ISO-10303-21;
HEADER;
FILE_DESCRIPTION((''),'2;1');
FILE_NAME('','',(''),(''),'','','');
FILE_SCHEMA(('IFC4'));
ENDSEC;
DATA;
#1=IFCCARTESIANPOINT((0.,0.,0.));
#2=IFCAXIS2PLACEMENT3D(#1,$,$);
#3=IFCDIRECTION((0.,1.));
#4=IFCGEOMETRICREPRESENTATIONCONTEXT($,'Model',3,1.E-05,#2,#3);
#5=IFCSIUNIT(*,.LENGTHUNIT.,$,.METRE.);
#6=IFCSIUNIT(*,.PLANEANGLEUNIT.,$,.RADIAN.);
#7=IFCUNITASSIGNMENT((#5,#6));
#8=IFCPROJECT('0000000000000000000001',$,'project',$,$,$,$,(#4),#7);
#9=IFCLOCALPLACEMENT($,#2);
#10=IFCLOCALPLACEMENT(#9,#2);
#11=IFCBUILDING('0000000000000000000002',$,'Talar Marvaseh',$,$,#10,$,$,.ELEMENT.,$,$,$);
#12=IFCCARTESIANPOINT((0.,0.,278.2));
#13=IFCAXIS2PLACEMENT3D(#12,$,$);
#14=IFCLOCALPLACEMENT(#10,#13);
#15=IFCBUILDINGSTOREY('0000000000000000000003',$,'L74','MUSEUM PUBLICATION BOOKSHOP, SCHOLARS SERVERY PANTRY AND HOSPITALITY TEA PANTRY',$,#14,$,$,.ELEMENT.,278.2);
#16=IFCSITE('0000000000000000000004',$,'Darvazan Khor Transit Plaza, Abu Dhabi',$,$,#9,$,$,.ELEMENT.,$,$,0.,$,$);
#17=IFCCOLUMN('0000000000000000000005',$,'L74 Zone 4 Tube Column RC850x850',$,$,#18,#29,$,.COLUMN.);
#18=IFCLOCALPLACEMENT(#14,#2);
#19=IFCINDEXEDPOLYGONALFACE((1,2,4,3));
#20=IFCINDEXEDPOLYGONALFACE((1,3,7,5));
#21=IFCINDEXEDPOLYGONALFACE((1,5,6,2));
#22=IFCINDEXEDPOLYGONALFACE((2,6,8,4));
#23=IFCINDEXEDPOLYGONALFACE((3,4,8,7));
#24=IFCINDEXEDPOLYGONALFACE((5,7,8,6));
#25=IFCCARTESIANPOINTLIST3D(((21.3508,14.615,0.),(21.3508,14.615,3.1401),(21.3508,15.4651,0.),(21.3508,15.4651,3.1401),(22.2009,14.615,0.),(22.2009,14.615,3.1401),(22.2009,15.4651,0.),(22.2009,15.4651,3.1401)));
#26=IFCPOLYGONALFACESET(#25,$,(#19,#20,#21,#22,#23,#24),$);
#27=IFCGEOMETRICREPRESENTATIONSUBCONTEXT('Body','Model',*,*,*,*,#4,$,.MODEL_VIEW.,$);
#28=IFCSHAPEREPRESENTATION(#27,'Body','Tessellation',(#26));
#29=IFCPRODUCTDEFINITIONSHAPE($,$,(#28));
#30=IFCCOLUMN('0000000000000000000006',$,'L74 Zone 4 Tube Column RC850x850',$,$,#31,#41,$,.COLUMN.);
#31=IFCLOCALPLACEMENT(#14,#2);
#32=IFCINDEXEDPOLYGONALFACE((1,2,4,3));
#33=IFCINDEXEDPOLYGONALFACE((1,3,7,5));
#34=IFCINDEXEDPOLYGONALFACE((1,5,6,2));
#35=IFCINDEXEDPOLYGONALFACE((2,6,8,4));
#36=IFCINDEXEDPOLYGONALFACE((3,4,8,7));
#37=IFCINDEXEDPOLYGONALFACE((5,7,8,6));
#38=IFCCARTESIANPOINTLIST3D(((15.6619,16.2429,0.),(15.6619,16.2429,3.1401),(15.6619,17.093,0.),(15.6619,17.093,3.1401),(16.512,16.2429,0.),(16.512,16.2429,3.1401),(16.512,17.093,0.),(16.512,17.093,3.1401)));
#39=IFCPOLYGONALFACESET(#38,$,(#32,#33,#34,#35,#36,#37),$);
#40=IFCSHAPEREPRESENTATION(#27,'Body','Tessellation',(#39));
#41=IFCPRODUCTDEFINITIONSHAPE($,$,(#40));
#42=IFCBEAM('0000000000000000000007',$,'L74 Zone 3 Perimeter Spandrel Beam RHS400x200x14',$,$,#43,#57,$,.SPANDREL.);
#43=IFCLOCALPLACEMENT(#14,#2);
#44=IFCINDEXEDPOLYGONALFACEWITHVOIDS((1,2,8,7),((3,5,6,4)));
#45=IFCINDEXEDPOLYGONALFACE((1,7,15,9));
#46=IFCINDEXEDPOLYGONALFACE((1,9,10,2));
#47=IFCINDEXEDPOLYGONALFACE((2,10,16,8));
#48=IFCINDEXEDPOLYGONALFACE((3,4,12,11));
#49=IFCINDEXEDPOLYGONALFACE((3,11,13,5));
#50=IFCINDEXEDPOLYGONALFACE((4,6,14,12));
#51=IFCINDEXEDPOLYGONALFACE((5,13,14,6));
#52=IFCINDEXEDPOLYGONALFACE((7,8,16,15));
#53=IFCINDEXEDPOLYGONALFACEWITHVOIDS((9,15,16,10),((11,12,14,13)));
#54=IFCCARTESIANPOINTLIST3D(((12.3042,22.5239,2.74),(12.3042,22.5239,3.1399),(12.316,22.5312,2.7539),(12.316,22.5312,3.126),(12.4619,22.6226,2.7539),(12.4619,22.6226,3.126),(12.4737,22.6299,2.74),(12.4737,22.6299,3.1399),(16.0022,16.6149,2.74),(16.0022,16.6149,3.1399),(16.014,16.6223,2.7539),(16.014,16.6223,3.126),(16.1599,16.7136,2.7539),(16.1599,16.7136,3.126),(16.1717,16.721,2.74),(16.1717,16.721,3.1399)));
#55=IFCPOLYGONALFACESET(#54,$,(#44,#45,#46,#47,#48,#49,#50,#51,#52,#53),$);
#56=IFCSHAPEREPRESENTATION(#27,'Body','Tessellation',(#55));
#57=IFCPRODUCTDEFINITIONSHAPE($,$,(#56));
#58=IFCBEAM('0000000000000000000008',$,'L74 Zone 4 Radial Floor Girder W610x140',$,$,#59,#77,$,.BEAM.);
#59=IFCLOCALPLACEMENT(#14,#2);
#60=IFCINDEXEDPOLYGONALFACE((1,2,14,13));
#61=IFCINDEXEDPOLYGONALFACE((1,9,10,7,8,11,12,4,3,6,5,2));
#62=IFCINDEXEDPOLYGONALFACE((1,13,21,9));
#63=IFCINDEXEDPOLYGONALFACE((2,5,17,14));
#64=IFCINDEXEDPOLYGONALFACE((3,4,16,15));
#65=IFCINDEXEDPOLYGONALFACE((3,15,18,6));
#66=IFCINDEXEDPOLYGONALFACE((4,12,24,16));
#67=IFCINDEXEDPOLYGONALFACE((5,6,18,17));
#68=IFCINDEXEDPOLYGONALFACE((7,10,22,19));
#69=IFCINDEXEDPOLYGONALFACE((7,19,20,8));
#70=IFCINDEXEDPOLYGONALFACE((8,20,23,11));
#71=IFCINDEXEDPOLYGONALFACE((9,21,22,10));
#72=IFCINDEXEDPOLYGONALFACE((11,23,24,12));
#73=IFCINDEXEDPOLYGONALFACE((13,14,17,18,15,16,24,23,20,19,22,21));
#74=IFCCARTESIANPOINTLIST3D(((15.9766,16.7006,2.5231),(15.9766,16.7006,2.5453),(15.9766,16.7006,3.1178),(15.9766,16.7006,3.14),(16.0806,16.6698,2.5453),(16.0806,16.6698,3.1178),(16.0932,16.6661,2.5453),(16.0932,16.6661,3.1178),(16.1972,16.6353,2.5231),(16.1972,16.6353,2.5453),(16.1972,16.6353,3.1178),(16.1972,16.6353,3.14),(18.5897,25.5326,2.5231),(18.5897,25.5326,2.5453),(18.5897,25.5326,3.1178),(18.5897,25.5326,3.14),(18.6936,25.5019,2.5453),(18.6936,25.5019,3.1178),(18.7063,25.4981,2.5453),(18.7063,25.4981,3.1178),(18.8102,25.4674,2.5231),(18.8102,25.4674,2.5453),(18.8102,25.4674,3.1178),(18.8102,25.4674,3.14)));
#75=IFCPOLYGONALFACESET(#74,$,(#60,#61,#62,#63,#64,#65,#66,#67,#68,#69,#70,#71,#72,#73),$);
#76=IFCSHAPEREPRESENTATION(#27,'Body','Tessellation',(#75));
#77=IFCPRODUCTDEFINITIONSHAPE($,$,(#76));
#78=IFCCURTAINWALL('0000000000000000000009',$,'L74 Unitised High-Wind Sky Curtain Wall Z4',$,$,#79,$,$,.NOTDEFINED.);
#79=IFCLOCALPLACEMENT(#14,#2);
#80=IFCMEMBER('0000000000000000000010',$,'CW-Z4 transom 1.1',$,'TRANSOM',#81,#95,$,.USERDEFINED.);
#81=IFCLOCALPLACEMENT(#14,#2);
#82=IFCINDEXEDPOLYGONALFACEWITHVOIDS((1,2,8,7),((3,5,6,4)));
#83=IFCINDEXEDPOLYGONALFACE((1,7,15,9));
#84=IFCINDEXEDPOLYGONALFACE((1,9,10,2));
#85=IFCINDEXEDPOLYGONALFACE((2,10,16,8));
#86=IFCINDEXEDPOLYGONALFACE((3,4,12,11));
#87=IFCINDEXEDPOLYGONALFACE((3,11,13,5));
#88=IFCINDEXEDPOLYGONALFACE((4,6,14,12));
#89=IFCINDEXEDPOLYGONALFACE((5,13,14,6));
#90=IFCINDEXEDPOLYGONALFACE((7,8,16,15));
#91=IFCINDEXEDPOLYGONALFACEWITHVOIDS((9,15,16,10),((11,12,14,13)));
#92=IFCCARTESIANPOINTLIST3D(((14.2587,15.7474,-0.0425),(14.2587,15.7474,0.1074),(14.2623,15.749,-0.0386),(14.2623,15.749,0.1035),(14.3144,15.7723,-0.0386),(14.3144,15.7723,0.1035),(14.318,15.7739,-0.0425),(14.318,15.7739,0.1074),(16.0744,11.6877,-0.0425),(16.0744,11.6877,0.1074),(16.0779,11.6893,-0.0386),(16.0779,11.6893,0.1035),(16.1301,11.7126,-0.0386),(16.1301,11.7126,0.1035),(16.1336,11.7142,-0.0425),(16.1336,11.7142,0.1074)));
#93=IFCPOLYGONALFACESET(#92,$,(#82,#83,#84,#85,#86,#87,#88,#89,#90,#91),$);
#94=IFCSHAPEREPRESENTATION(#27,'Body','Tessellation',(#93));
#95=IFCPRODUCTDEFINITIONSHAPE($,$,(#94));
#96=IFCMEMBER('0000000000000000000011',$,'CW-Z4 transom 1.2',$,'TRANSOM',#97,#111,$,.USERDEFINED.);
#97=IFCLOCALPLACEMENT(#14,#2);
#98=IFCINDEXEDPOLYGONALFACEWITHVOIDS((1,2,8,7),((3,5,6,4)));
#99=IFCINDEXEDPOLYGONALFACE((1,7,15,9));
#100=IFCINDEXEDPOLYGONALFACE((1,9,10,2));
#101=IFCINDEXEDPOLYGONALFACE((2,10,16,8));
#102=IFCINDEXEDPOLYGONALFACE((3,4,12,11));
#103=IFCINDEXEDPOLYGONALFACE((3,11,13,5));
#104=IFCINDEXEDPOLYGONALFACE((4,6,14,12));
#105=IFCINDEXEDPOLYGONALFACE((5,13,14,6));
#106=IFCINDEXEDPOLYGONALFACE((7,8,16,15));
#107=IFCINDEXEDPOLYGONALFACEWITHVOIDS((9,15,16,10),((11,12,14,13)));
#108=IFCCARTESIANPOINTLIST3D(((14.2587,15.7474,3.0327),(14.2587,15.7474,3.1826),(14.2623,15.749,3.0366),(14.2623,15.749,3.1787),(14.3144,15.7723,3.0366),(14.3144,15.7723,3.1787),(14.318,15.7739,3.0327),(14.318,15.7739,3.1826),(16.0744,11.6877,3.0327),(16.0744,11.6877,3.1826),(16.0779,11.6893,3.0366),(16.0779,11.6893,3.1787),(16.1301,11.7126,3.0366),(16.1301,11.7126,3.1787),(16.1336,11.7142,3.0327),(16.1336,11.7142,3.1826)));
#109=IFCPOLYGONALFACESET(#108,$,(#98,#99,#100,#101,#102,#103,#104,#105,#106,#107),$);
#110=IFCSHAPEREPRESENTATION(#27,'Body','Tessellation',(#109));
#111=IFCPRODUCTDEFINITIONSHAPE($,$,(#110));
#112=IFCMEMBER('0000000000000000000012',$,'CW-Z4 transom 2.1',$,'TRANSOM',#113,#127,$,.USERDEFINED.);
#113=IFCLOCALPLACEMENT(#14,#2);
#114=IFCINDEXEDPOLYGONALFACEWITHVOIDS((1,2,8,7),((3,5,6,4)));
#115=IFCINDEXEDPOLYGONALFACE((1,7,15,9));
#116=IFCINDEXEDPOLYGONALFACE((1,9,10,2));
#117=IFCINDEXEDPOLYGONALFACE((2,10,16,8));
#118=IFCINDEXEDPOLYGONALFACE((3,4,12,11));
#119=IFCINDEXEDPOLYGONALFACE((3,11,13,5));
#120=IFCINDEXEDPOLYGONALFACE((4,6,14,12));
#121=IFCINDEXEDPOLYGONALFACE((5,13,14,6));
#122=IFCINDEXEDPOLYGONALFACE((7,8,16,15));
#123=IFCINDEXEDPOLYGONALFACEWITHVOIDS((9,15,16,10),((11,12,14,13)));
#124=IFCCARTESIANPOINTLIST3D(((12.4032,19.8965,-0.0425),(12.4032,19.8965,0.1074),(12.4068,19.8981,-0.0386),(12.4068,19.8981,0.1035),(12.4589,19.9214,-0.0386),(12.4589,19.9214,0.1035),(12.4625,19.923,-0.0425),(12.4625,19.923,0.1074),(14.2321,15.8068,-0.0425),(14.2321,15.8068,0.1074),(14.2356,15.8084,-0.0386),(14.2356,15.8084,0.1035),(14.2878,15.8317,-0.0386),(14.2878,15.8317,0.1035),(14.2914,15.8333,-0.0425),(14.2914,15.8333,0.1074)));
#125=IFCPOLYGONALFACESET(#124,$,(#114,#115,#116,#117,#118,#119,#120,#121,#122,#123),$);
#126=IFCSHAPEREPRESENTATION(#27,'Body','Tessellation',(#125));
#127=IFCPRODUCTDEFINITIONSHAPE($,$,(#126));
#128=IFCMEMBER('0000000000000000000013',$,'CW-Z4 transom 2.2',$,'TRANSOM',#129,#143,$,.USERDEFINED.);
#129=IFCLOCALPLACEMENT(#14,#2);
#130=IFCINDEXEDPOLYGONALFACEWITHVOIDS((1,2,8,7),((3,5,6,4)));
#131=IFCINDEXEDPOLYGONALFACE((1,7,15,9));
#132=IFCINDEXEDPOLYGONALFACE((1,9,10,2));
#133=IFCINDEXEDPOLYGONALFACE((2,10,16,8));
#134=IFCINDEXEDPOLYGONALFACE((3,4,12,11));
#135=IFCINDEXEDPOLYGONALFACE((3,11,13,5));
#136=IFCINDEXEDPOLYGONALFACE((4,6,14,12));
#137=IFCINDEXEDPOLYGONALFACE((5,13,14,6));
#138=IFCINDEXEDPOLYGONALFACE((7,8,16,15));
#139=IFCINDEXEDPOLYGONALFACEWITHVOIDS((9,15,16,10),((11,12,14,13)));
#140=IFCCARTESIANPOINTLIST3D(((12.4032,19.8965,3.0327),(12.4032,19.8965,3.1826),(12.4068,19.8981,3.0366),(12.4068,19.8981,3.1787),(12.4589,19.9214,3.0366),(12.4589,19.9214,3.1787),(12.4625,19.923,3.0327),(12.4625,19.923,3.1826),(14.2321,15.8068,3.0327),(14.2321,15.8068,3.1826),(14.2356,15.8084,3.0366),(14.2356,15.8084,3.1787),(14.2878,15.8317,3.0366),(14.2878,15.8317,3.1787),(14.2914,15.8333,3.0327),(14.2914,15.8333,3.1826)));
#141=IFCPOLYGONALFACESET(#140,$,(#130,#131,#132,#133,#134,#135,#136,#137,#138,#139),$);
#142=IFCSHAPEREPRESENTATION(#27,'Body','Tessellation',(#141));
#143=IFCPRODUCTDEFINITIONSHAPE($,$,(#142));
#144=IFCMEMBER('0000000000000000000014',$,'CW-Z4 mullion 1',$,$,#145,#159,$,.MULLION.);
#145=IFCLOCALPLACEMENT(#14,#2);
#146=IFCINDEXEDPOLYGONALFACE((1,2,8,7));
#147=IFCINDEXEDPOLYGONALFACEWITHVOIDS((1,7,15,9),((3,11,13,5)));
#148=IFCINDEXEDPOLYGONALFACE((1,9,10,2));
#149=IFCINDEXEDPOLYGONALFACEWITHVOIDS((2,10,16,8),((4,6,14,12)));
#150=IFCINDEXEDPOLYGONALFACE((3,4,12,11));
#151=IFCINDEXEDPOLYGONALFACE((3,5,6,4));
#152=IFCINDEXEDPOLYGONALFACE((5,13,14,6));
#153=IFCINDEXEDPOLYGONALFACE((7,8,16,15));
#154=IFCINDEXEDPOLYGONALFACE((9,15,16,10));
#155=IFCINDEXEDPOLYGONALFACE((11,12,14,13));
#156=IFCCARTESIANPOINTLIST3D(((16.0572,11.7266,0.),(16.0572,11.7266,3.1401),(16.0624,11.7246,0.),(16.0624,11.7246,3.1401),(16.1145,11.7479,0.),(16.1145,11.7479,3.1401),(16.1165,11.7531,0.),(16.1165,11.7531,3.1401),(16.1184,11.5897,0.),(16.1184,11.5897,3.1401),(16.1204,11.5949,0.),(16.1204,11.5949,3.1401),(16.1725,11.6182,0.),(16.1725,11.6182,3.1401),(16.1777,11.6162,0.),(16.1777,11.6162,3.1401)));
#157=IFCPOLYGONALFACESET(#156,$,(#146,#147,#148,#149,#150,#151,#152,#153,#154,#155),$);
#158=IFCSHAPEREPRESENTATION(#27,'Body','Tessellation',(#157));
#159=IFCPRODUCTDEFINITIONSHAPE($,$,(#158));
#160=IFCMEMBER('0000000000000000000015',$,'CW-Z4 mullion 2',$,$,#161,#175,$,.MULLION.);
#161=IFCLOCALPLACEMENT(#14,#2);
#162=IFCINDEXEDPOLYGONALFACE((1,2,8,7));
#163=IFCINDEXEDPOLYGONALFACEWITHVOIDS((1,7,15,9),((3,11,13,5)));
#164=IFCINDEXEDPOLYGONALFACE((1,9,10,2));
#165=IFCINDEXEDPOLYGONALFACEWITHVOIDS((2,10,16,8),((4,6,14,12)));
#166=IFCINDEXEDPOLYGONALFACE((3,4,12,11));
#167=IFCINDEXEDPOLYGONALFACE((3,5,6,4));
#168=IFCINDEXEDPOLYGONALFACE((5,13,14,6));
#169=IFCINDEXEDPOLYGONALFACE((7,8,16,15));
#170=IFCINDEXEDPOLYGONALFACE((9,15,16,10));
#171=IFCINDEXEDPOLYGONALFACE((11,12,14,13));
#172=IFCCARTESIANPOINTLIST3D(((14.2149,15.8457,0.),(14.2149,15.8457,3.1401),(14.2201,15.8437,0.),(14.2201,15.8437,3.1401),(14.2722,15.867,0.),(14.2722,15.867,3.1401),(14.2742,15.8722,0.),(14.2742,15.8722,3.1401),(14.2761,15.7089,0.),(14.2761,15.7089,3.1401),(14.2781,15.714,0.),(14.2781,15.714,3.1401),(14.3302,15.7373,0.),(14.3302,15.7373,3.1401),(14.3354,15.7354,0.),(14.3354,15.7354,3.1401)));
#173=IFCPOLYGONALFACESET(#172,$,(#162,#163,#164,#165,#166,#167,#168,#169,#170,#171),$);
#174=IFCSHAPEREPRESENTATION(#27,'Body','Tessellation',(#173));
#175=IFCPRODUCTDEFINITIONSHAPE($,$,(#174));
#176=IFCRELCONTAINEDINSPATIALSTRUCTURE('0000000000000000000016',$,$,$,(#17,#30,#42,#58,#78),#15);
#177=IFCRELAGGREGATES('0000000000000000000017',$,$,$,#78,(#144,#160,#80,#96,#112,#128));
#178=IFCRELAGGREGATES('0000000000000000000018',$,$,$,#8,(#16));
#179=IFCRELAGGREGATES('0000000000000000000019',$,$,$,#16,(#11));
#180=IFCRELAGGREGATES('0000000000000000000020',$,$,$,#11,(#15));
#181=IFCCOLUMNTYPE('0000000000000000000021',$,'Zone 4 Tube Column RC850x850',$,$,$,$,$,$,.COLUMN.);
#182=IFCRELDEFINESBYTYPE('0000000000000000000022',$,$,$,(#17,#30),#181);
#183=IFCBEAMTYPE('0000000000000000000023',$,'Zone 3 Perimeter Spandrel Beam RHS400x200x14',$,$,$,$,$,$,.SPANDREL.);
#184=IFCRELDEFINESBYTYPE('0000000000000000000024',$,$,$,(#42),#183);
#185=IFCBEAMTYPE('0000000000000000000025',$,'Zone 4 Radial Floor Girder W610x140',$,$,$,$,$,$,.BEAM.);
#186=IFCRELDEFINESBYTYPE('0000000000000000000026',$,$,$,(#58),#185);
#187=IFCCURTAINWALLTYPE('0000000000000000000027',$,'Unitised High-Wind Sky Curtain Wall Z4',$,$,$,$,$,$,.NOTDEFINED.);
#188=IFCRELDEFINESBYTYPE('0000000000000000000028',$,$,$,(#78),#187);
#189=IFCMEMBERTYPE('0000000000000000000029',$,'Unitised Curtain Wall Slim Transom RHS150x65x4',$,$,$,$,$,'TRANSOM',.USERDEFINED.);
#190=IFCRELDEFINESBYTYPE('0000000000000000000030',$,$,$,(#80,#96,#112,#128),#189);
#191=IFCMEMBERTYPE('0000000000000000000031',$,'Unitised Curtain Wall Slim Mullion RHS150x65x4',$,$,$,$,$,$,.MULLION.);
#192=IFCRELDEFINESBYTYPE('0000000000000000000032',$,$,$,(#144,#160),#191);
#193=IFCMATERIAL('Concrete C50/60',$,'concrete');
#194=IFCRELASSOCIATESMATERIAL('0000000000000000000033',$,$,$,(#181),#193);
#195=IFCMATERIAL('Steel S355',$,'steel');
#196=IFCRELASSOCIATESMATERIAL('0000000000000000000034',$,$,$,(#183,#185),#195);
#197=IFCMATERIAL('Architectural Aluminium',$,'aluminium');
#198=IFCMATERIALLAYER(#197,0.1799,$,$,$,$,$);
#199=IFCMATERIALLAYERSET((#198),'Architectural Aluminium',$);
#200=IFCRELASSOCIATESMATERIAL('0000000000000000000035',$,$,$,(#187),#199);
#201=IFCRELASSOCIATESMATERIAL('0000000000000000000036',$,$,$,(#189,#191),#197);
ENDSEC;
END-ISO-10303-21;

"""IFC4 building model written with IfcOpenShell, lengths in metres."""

from ifc_helpers import new_model, si_unit, direction, frame, origin, origin_2d, place, context, subcontext, project, spatial, rectangle, hollow_rectangle, i_section, extrude, source, transform, mapped, material, layer, layer_set, material_profile, profile_set, type_object, type_shapes, element, aggregate, save


model = new_model("IFC4")

# Units and contexts
model_context = context("Model", 3, precision=1e-05, world=origin(), true_north=direction((0.0, 1.0)))
body_context = subcontext(model_context, "Body", "Model", "MODEL_VIEW")
ifc_project = project(units=[si_unit("LENGTHUNIT", "METRE"), si_unit("PLANEANGLEUNIT", "RADIAN")], contexts=[model_context])

# Site, building, storey
site_placement = place(None, origin())
site = spatial("IfcSite", under=ifc_project, at=site_placement, Name="Darvazan Khor Transit Plaza, Abu Dhabi", CompositionType="ELEMENT", RefElevation=0.0)
building_placement = place(site_placement, origin())
building = spatial("IfcBuilding", under=site, at=building_placement, Name="Talar Marvaseh", CompositionType="ELEMENT")
storey_placement = place(building_placement, frame((0.0, 0.0, 278.2)))
storey = spatial("IfcBuildingStorey", under=building, at=storey_placement, Name="L74", Description="MUSEUM PUBLICATION BOOKSHOP, SCHOLARS SERVERY PANTRY AND HOSPITALITY TEA PANTRY", CompositionType="ELEMENT", Elevation=278.2)

# Columns
ifc_material_1 = material(Name="Concrete C50/60", Category="concrete")
ifc_material_profile_1 = material_profile(ifc_material_1, rectangle(XDim=0.8501, YDim=0.8501, at=origin_2d()), Name="RC850x850")
ifc_profile_set_1 = profile_set([ifc_material_profile_1], Name="Concrete C50/60")
column_type = type_object("IfcColumnType", Name="Zone 4 Tube Column RC850x850", PredefinedType="COLUMN", material=ifc_profile_set_1)
for number, where, z_axis, x_axis, name in (
    (1, (21.7759, 15.04, 0.0), (0.0, 0.0, 1.0), (1.0, 0.0, 0.0), "L74 Zone 4 Tube Column RC850x850"),
    (2, (16.0869, 16.668, 0.0), (0.0, 0.0, 1.0), (1.0, 0.0, 0.0), "L74 Zone 4 Tube Column RC850x850"),
):
    element("IfcColumn", number, at=place(storey_placement, frame(where, z_axis=z_axis, x_axis=x_axis)), inside=storey, type_object=column_type, Name=name, PredefinedType="COLUMN", context=body_context, shape_type="SweptSolid", body=[
        extrude(rectangle(XDim=0.8501, YDim=0.8501, at=origin_2d()), origin(), (0.0, 0.0, 1.0), 3.1401),
    ])

# Beams
ifc_material_2 = material(Name="Steel S355", Category="steel")
ifc_material_profile_2 = material_profile(ifc_material_2, hollow_rectangle(XDim=0.2, YDim=0.3999, WallThickness=0.0139, at=origin_2d()), Name="RHS400x200x14")
ifc_profile_set_2 = profile_set([ifc_material_profile_2], Name="Steel S355")
beam_type_1 = type_object("IfcBeamType", Name="Zone 3 Perimeter Spandrel Beam RHS400x200x14", PredefinedType="SPANDREL", material=ifc_profile_set_2)
beam_1_placement = place(storey_placement, frame((16.0869, 16.668, 2.9399), z_axis=(-0.530506, 0.847681, 0.0), x_axis=(-0.847681, -0.530506, 0.0)))
element("IfcBeam", 3, at=beam_1_placement, inside=storey, type_object=beam_type_1, Name="L74 Zone 3 Perimeter Spandrel Beam RHS400x200x14", PredefinedType="SPANDREL", context=body_context, shape_type="SweptSolid", body=[
    extrude(hollow_rectangle(XDim=0.2, YDim=0.3999, WallThickness=0.0139, at=origin_2d()), origin(), (0.0, 0.0, 1.0), 6.9707),
])
ifc_material_profile_3 = material_profile(ifc_material_2, i_section(OverallWidth=0.23, OverallDepth=0.6169, WebThickness=0.0132, FlangeThickness=0.0222, at=origin_2d()), Name="W610x140")
ifc_profile_set_3 = profile_set([ifc_material_profile_3], Name="Steel S355")
beam_type_2 = type_object("IfcBeamType", Name="Zone 4 Radial Floor Girder W610x140", PredefinedType="BEAM", material=ifc_profile_set_3)
beam_2_placement = place(storey_placement, frame((16.0869, 16.668, 2.8315), z_axis=(0.283703, 0.958912, 0.0), x_axis=(-0.958912, 0.283703, 0.0)))
element("IfcBeam", 4, at=beam_2_placement, inside=storey, type_object=beam_type_2, Name="L74 Zone 4 Radial Floor Girder W610x140", PredefinedType="BEAM", context=body_context, shape_type="SweptSolid", body=[
    extrude(i_section(OverallWidth=0.23, OverallDepth=0.6169, WebThickness=0.0132, FlangeThickness=0.0222, at=origin_2d()), origin(), (0.0, 0.0, 1.0), 9.2104),
])

# Curtain wall, members
ifc_material_3 = material(Name="Architectural Aluminium", Category="aluminium")
ifc_layer_1 = layer(ifc_material_3, 0.1799)
ifc_layer_set_1 = layer_set([ifc_layer_1], Name="Architectural Aluminium")
curtain_wall_type = type_object("IfcCurtainWallType", Name="Unitised High-Wind Sky Curtain Wall Z4", PredefinedType="NOTDEFINED", material=ifc_layer_set_1)
curtain_wall_1_placement = place(storey_placement, origin())
curtain_wall_1 = element("IfcCurtainWall", 5, at=curtain_wall_1_placement, inside=storey, type_object=curtain_wall_type, Name="L74 Unitised High-Wind Sky Curtain Wall Z4", PredefinedType="NOTDEFINED")
ifc_material_profile_4 = material_profile(ifc_material_3, hollow_rectangle(XDim=0.0649, YDim=0.1499, WallThickness=0.0039, at=origin_2d()), Name="RHS150x65x4")
ifc_profile_set_4 = profile_set([ifc_material_profile_4], Name="Architectural Aluminium")
member_type_1 = type_object("IfcMemberType", Name="Unitised Curtain Wall Slim Transom RHS150x65x4", ElementType="TRANSOM", PredefinedType="USERDEFINED", material=ifc_profile_set_4)
shared_shape_1 = source(origin(), body_context, "Body", "SweptSolid", [
    extrude(hollow_rectangle(XDim=0.0649, YDim=0.1499, WallThickness=0.0039, at=origin_2d()), origin(), (0.0, 0.0, 1.0), 4.4473),
])
member_1_placement = place(storey_placement, frame((16.104, 11.7009, 0.0325), z_axis=(-0.408261, 0.912865, 0.0), x_axis=(-0.912865, -0.408261, 0.0)))
member_1 = element("IfcMember", 6, at=member_1_placement, type_object=member_type_1, Name="CW-Z4 transom 1.1", ObjectType="TRANSOM", PredefinedType="USERDEFINED", context=body_context, shape_type="MappedRepresentation", body=[
    mapped(shared_shape_1, transform((0.0, 0.0, 0.0), x_axis=(1.0, 0.0, 0.0), y_axis=(0.0, 1.0, 0.0), z_axis=(0.0, 0.0, 1.0), scale=1.0)),
])
member_2_placement = place(storey_placement, frame((16.104, 11.7009, 3.1077), z_axis=(-0.408261, 0.912865, 0.0), x_axis=(-0.912865, -0.408261, 0.0)))
member_2 = element("IfcMember", 7, at=member_2_placement, type_object=member_type_1, Name="CW-Z4 transom 1.2", ObjectType="TRANSOM", PredefinedType="USERDEFINED", context=body_context, shape_type="MappedRepresentation", body=[
    mapped(shared_shape_1, transform((0.0, 0.0, 0.0), x_axis=(1.0, 0.0, 0.0), y_axis=(0.0, 1.0, 0.0), z_axis=(0.0, 0.0, 1.0), scale=1.0)),
])
shared_shape_2 = source(origin(), body_context, "Body", "SweptSolid", [
    extrude(hollow_rectangle(XDim=0.0649, YDim=0.1499, WallThickness=0.0039, at=origin_2d()), origin(), (0.0, 0.0, 1.0), 4.48),
])
type_shapes(member_type_1, [shared_shape_1, shared_shape_2])
member_3_placement = place(storey_placement, frame((14.2617, 15.8201, 0.0325), z_axis=(-0.408236, 0.912877, 0.0), x_axis=(-0.912877, -0.408236, 0.0)))
member_3 = element("IfcMember", 8, at=member_3_placement, type_object=member_type_1, Name="CW-Z4 transom 2.1", ObjectType="TRANSOM", PredefinedType="USERDEFINED", context=body_context, shape_type="MappedRepresentation", body=[
    mapped(shared_shape_2, transform((0.0, 0.0, 0.0), x_axis=(1.0, 0.0, 0.0), y_axis=(0.0, 1.0, 0.0), z_axis=(0.0, 0.0, 1.0), scale=1.0)),
])
member_4_placement = place(storey_placement, frame((14.2617, 15.8201, 3.1077), z_axis=(-0.408236, 0.912877, 0.0), x_axis=(-0.912877, -0.408236, 0.0)))
member_4 = element("IfcMember", 9, at=member_4_placement, type_object=member_type_1, Name="CW-Z4 transom 2.2", ObjectType="TRANSOM", PredefinedType="USERDEFINED", context=body_context, shape_type="MappedRepresentation", body=[
    mapped(shared_shape_2, transform((0.0, 0.0, 0.0), x_axis=(1.0, 0.0, 0.0), y_axis=(0.0, 1.0, 0.0), z_axis=(0.0, 0.0, 1.0), scale=1.0)),
])
ifc_material_profile_5 = material_profile(ifc_material_3, hollow_rectangle(XDim=0.0649, YDim=0.1499, WallThickness=0.0039, at=origin_2d()), Name="RHS150x65x4")
ifc_profile_set_5 = profile_set([ifc_material_profile_5], Name="Architectural Aluminium")
member_type_2 = type_object("IfcMemberType", Name="Unitised Curtain Wall Slim Mullion RHS150x65x4", PredefinedType="MULLION", material=ifc_profile_set_5)
shared_shape_3 = source(origin(), body_context, "Body", "SweptSolid", [
    extrude(hollow_rectangle(XDim=0.0649, YDim=0.1499, WallThickness=0.0039, at=origin_2d()), origin(), (0.0, 0.0, 1.0), 3.1401),
])
type_shapes(member_type_2, [shared_shape_3])
member_5_placement = place(storey_placement, frame((16.1174, 11.6714, 0.0), z_axis=(0.0, 0.0, 1.0), x_axis=(-0.912862, -0.408267, 0.0)))
member_5 = element("IfcMember", 10, at=member_5_placement, type_object=member_type_2, Name="CW-Z4 mullion 1", PredefinedType="MULLION", context=body_context, shape_type="MappedRepresentation", body=[
    mapped(shared_shape_3, transform((0.0, 0.0, 0.0), x_axis=(1.0, 0.0, 0.0), y_axis=(0.0, 1.0, 0.0), z_axis=(0.0, 0.0, 1.0), scale=1.0)),
])
member_6_placement = place(storey_placement, frame((14.2751, 15.7905, 0.0), z_axis=(0.0, 0.0, 1.0), x_axis=(-0.912862, -0.408267, 0.0)))
member_6 = element("IfcMember", 11, at=member_6_placement, type_object=member_type_2, Name="CW-Z4 mullion 2", PredefinedType="MULLION", context=body_context, shape_type="MappedRepresentation", body=[
    mapped(shared_shape_3, transform((0.0, 0.0, 0.0), x_axis=(1.0, 0.0, 0.0), y_axis=(0.0, 1.0, 0.0), z_axis=(0.0, 0.0, 1.0), scale=1.0)),
])

aggregate(curtain_wall_1, [member_5, member_6, member_1, member_2, member_3, member_4])

save(model, "model.ifc")
